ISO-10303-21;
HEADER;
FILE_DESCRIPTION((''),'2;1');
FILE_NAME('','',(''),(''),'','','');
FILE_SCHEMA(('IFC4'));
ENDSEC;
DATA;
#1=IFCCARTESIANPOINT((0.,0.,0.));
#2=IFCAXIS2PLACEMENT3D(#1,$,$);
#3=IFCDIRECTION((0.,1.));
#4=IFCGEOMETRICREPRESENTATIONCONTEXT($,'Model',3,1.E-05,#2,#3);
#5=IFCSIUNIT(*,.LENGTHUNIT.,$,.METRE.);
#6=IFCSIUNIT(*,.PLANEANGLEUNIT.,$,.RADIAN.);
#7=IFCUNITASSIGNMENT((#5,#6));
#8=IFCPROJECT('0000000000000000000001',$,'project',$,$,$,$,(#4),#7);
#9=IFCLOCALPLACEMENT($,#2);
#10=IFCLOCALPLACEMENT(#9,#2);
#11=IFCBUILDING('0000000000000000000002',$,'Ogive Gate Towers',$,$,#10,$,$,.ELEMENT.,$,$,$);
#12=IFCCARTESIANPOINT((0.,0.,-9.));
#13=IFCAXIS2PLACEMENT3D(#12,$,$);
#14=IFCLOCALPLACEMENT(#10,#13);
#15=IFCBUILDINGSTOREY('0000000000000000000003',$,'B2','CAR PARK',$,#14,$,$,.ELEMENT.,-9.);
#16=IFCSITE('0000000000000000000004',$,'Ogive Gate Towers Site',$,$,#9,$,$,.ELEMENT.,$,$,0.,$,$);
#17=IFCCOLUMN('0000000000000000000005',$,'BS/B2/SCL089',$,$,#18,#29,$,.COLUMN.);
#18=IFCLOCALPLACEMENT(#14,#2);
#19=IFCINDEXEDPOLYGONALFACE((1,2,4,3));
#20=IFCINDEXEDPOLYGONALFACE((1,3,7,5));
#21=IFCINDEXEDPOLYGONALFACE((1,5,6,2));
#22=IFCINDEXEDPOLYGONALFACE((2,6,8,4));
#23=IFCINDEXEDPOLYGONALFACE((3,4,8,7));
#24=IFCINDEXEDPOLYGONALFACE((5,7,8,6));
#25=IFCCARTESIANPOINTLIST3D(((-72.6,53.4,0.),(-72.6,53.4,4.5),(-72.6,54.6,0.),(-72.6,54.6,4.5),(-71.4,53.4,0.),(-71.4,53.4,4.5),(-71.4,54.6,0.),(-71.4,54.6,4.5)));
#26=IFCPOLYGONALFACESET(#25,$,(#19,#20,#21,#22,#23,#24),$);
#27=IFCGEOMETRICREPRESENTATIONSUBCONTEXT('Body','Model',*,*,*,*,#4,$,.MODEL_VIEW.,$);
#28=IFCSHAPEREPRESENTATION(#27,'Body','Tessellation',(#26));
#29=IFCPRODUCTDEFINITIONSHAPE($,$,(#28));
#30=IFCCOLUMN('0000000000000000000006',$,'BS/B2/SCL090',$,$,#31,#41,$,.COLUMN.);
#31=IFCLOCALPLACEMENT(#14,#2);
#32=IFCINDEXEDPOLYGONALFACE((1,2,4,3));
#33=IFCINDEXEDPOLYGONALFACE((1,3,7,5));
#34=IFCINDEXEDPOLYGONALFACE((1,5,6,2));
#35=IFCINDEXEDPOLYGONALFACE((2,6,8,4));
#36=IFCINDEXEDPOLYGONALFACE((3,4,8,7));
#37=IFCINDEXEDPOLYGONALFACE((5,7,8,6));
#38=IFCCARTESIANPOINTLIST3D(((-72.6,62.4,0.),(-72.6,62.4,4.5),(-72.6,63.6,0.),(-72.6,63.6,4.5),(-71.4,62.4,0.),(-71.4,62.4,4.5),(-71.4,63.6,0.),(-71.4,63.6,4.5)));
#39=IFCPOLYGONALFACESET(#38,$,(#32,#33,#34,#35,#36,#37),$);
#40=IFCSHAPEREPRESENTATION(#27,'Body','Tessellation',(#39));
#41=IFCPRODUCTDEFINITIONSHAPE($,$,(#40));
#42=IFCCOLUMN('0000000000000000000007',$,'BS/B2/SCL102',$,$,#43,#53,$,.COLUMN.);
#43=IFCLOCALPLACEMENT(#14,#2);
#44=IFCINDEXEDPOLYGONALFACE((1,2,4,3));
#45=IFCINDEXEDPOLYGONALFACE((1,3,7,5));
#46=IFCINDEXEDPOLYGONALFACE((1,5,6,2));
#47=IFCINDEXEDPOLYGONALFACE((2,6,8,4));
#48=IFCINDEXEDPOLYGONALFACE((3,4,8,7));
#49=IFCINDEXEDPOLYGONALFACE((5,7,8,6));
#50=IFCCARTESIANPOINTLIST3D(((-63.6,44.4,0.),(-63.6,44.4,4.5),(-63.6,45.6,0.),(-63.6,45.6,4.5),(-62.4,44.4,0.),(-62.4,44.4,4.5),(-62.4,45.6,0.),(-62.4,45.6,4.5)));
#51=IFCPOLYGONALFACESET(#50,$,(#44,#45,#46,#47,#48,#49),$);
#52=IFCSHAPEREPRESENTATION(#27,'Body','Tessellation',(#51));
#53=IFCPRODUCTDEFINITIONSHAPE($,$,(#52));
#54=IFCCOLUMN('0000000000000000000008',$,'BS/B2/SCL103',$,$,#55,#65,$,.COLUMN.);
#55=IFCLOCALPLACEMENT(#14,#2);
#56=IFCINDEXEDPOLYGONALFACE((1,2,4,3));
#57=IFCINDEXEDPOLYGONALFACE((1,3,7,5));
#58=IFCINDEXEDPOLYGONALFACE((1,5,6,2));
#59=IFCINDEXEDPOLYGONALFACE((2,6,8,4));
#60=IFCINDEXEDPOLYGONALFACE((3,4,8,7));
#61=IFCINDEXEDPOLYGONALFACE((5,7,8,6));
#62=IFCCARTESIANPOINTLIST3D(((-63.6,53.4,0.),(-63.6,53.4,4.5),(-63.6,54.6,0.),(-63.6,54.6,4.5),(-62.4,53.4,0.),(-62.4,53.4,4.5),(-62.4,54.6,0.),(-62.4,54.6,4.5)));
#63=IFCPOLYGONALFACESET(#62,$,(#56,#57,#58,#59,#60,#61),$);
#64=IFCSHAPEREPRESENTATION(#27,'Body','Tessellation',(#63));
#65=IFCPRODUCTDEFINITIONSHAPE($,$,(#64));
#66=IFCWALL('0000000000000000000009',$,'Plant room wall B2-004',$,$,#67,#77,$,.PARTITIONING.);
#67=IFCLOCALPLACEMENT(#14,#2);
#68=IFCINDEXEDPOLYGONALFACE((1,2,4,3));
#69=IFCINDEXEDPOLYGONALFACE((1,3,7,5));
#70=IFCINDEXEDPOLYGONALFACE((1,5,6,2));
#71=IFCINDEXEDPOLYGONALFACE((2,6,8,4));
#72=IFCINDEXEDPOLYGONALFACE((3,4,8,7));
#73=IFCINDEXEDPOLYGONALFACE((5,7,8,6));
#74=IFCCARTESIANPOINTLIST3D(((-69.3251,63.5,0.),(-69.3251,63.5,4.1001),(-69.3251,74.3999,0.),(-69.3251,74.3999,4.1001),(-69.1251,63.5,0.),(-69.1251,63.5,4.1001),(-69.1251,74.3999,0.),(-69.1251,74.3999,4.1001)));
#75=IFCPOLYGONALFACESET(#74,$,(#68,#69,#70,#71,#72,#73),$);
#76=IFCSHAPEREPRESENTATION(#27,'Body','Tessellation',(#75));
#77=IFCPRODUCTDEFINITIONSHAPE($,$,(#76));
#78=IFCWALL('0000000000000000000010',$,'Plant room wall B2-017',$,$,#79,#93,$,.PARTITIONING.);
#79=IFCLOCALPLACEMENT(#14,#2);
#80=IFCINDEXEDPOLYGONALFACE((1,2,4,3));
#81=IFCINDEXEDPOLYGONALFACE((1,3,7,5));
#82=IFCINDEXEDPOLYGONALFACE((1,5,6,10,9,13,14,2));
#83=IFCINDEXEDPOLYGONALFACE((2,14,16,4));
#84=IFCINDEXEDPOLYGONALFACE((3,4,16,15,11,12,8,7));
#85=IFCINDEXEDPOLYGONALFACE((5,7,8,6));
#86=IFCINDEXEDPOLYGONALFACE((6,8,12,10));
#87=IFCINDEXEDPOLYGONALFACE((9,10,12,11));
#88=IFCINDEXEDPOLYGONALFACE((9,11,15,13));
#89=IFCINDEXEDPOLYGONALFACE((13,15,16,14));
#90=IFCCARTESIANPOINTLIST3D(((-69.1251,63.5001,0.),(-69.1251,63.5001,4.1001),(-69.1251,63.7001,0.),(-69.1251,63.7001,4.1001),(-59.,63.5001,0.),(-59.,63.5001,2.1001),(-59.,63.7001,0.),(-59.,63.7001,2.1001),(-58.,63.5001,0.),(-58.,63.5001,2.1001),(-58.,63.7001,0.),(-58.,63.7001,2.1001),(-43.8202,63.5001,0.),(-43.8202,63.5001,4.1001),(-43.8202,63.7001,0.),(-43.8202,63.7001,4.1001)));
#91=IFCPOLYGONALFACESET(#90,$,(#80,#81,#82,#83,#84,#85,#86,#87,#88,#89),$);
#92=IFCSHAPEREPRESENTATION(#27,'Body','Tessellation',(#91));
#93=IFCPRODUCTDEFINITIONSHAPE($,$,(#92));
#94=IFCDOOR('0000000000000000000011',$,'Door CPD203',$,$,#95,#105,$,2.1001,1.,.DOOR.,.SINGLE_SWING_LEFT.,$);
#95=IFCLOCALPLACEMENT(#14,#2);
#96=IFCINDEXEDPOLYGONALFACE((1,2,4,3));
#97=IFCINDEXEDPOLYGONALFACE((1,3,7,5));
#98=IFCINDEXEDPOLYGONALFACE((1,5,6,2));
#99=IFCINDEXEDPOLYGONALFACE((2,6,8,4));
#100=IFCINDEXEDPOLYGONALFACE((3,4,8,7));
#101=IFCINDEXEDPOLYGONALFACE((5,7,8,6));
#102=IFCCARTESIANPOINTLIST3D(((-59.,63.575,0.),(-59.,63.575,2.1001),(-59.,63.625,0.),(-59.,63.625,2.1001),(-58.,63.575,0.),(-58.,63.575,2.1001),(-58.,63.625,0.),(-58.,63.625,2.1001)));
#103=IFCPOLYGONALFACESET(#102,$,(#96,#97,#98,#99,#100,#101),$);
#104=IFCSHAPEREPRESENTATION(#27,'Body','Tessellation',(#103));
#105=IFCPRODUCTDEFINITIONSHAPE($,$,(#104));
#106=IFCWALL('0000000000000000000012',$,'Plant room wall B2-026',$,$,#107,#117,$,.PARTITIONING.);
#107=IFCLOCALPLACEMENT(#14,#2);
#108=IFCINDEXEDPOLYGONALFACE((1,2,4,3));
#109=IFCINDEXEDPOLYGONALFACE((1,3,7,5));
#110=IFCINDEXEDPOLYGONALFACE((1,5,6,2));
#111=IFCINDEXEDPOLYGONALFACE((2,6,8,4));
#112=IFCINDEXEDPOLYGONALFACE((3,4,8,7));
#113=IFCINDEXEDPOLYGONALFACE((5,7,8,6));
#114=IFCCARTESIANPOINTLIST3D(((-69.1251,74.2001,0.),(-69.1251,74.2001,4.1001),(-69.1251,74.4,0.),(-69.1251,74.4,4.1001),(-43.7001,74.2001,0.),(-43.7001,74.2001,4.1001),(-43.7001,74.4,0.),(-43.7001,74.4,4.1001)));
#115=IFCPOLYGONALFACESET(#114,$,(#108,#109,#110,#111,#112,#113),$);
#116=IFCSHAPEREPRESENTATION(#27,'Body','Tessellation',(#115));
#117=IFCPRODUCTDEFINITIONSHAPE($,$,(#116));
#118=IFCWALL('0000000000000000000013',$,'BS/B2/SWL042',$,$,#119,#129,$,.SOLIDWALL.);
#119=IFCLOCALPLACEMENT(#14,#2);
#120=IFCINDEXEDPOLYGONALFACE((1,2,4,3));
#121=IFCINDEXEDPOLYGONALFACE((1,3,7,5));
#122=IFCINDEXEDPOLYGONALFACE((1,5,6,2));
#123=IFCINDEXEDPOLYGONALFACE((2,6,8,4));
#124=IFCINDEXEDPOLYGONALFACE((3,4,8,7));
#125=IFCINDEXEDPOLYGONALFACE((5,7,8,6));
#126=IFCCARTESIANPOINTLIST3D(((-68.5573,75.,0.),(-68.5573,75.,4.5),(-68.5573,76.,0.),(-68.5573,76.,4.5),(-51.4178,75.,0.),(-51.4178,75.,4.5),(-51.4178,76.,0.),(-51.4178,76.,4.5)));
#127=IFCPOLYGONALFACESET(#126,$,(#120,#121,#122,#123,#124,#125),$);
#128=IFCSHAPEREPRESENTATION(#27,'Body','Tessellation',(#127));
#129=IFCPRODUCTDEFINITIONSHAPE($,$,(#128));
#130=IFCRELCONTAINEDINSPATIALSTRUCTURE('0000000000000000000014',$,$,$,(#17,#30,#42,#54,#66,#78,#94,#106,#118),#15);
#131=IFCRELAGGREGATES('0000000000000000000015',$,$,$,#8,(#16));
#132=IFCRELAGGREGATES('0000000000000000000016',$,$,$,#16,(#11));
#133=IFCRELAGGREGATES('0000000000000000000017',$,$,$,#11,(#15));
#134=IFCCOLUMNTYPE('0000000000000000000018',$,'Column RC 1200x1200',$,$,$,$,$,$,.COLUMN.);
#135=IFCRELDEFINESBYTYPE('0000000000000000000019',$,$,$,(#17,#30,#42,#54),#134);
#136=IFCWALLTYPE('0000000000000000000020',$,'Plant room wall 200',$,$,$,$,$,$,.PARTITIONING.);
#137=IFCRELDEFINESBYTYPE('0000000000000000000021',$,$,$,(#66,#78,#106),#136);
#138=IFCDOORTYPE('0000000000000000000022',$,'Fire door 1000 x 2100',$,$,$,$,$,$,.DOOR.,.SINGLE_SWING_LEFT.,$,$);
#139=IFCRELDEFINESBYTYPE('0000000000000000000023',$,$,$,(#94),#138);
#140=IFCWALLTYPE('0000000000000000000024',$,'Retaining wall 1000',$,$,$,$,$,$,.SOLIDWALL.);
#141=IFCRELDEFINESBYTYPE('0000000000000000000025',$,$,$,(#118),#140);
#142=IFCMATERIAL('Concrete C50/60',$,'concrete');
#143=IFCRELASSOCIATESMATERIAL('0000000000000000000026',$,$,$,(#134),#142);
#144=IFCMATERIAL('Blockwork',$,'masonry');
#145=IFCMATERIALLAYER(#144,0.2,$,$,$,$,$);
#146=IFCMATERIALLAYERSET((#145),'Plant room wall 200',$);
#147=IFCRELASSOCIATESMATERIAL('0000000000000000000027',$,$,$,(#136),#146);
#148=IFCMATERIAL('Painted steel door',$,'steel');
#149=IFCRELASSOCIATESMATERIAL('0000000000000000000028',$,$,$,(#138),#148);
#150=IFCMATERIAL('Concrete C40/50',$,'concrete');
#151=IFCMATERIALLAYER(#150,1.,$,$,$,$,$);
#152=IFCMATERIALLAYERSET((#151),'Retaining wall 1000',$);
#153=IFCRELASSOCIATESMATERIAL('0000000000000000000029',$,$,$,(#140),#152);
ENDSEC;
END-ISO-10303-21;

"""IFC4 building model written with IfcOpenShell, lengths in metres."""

from ifc_helpers import new_model, si_unit, direction, frame, frame_2d, origin, origin_2d, place, context, subcontext, project, spatial, rectangle, extrude, material, layer, layer_set, material_profile, profile_set, type_object, element, fill, save


model = new_model("IFC4")

# Units and contexts
model_context = context("Model", 3, precision=1e-05, world=origin(), true_north=direction((0.0, 1.0)))
body_context = subcontext(model_context, "Body", "Model", "MODEL_VIEW")
ifc_project = project(units=[si_unit("LENGTHUNIT", "METRE"), si_unit("PLANEANGLEUNIT", "RADIAN")], contexts=[model_context])

# Site, building, storey
site_placement = place(None, origin())
site = spatial("IfcSite", under=ifc_project, at=site_placement, Name="Ogive Gate Towers Site", CompositionType="ELEMENT", RefElevation=0.0)
building_placement = place(site_placement, origin())
building = spatial("IfcBuilding", under=site, at=building_placement, Name="Ogive Gate Towers", CompositionType="ELEMENT")
storey_placement = place(building_placement, frame((0.0, 0.0, -9.0)))
storey = spatial("IfcBuildingStorey", under=building, at=storey_placement, Name="B2", Description="CAR PARK", CompositionType="ELEMENT", Elevation=-9.0)

# Shared definitions
ifc_material_1 = material(Name="Concrete C40/50", Category="concrete")

# Columns
ifc_material_2 = material(Name="Concrete C50/60", Category="concrete")
ifc_material_profile_1 = material_profile(ifc_material_2, rectangle(XDim=1.2, YDim=1.2, at=origin_2d()), Name="RC 1200x1200")
ifc_profile_set_1 = profile_set([ifc_material_profile_1], Name="Concrete C50/60")
column_type = type_object("IfcColumnType", Name="Column RC 1200x1200", PredefinedType="COLUMN", material=ifc_profile_set_1)
for number, where, z_axis, x_axis, name in (
    (1, (-72.0, 54.0, 0.0), (0.0, 0.0, 1.0), (1.0, 0.0, 0.0), "BS/B2/SCL089"),
    (2, (-72.0, 63.0, 0.0), (0.0, 0.0, 1.0), (1.0, 0.0, 0.0), "BS/B2/SCL090"),
    (3, (-63.0, 45.0, 0.0), (0.0, 0.0, 1.0), (1.0, 0.0, 0.0), "BS/B2/SCL102"),
    (4, (-63.0, 54.0, 0.0), (0.0, 0.0, 1.0), (1.0, 0.0, 0.0), "BS/B2/SCL103"),
):
    element("IfcColumn", number, at=place(storey_placement, frame(where, z_axis=z_axis, x_axis=x_axis)), inside=storey, type_object=column_type, Name=name, PredefinedType="COLUMN", context=body_context, shape_type="SweptSolid", body=[
        extrude(rectangle(XDim=1.2, YDim=1.2, at=origin_2d()), origin(), (0.0, 0.0, 1.0), 4.5),
    ])

# Wall
ifc_material_3 = material(Name="Blockwork", Category="masonry")
ifc_layer_1 = layer(ifc_material_3, 0.2)
ifc_layer_set_1 = layer_set([ifc_layer_1], Name="Plant room wall 200")
wall_type_1 = type_object("IfcWallType", Name="Plant room wall 200", PredefinedType="PARTITIONING", material=ifc_layer_set_1)
wall_1_placement = place(storey_placement, frame((-69.2251, 63.5, 0.0), z_axis=(0.0, 0.0, 1.0), x_axis=(0.0, 1.0, 0.0)))
element("IfcWall", 5, at=wall_1_placement, inside=storey, type_object=wall_type_1, Name="Plant room wall B2-004", PredefinedType="PARTITIONING", context=body_context, shape_type="SweptSolid", body=[
    extrude(rectangle(XDim=10.8999, YDim=0.2, at=frame_2d((5.45, 0.0))), origin(), (0.0, 0.0, 1.0), 4.1001),
])

# Wall, opening, door
wall_2_placement = place(storey_placement, frame((-69.125, 63.6001, 0.0), z_axis=(0.0, 0.0, 1.0), x_axis=(1.0, 0.0, 0.0)))
wall_2 = element("IfcWall", 6, at=wall_2_placement, inside=storey, type_object=wall_type_1, Name="Plant room wall B2-017", PredefinedType="PARTITIONING", context=body_context, shape_type="SweptSolid", body=[
    extrude(rectangle(XDim=25.3049, YDim=0.2, at=frame_2d((12.6523, 0.0))), origin(), (0.0, 0.0, 1.0), 4.1001),
])
opening_placement = place(wall_2_placement, frame((10.125, 0.0, 0.0)))
opening = element("IfcOpeningElement", 7, at=opening_placement, cuts=wall_2, PredefinedType="OPENING", context=body_context, shape_type="SweptSolid", body=[
    extrude(rectangle(XDim=1.0, YDim=2.1001, at=frame_2d((0.5, 1.05))), frame((0.0, 0.1099, 0.0), z_axis=(0.0, -1.0, 0.0), x_axis=(1.0, 0.0, 0.0)), (0.0, 0.0, 1.0), 0.22),
])
ifc_material_4 = material(Name="Painted steel door", Category="steel")
door_type = type_object("IfcDoorType", Name="Fire door 1000 x 2100", OperationType="SINGLE_SWING_LEFT", PredefinedType="DOOR", material=ifc_material_4)
door_placement = place(opening_placement, origin())
door = element("IfcDoor", 8, at=door_placement, inside=storey, type_object=door_type, Name="Door CPD203", OperationType="SINGLE_SWING_LEFT", OverallHeight=2.1001, OverallWidth=1.0, PredefinedType="DOOR", context=body_context, shape_type="SweptSolid", body=[
    extrude(rectangle(XDim=1.0, YDim=2.1001, at=frame_2d((0.5, 1.05))), frame((0.0, 0.0249, 0.0), z_axis=(0.0, -1.0, 0.0), x_axis=(1.0, 0.0, 0.0)), (0.0, 0.0, 1.0), 0.05),
])
fill(opening, door)

# Walls
wall_3_placement = place(storey_placement, frame((-69.125, 74.3, 0.0), z_axis=(0.0, 0.0, 1.0), x_axis=(1.0, 0.0, 0.0)))
element("IfcWall", 9, at=wall_3_placement, inside=storey, type_object=wall_type_1, Name="Plant room wall B2-026", PredefinedType="PARTITIONING", context=body_context, shape_type="SweptSolid", body=[
    extrude(rectangle(XDim=25.425, YDim=0.2, at=frame_2d((12.7124, 0.0))), origin(), (0.0, 0.0, 1.0), 4.1001),
])
ifc_layer_2 = layer(ifc_material_1, 1.0)
ifc_layer_set_2 = layer_set([ifc_layer_2], Name="Retaining wall 1000")
wall_type_2 = type_object("IfcWallType", Name="Retaining wall 1000", PredefinedType="SOLIDWALL", material=ifc_layer_set_2)
wall_4_placement = place(storey_placement, frame((-68.5574, 75.5, 0.0), z_axis=(0.0, 0.0, 1.0), x_axis=(1.0, 0.0, 0.0)))
element("IfcWall", 10, at=wall_4_placement, inside=storey, type_object=wall_type_2, Name="BS/B2/SWL042", PredefinedType="SOLIDWALL", context=body_context, shape_type="SweptSolid", body=[
    extrude(rectangle(XDim=17.1394, YDim=1.0, at=frame_2d((8.5698, 0.0))), origin(), (0.0, 0.0, 1.0), 4.5),
])

save(model, "model.ifc")
